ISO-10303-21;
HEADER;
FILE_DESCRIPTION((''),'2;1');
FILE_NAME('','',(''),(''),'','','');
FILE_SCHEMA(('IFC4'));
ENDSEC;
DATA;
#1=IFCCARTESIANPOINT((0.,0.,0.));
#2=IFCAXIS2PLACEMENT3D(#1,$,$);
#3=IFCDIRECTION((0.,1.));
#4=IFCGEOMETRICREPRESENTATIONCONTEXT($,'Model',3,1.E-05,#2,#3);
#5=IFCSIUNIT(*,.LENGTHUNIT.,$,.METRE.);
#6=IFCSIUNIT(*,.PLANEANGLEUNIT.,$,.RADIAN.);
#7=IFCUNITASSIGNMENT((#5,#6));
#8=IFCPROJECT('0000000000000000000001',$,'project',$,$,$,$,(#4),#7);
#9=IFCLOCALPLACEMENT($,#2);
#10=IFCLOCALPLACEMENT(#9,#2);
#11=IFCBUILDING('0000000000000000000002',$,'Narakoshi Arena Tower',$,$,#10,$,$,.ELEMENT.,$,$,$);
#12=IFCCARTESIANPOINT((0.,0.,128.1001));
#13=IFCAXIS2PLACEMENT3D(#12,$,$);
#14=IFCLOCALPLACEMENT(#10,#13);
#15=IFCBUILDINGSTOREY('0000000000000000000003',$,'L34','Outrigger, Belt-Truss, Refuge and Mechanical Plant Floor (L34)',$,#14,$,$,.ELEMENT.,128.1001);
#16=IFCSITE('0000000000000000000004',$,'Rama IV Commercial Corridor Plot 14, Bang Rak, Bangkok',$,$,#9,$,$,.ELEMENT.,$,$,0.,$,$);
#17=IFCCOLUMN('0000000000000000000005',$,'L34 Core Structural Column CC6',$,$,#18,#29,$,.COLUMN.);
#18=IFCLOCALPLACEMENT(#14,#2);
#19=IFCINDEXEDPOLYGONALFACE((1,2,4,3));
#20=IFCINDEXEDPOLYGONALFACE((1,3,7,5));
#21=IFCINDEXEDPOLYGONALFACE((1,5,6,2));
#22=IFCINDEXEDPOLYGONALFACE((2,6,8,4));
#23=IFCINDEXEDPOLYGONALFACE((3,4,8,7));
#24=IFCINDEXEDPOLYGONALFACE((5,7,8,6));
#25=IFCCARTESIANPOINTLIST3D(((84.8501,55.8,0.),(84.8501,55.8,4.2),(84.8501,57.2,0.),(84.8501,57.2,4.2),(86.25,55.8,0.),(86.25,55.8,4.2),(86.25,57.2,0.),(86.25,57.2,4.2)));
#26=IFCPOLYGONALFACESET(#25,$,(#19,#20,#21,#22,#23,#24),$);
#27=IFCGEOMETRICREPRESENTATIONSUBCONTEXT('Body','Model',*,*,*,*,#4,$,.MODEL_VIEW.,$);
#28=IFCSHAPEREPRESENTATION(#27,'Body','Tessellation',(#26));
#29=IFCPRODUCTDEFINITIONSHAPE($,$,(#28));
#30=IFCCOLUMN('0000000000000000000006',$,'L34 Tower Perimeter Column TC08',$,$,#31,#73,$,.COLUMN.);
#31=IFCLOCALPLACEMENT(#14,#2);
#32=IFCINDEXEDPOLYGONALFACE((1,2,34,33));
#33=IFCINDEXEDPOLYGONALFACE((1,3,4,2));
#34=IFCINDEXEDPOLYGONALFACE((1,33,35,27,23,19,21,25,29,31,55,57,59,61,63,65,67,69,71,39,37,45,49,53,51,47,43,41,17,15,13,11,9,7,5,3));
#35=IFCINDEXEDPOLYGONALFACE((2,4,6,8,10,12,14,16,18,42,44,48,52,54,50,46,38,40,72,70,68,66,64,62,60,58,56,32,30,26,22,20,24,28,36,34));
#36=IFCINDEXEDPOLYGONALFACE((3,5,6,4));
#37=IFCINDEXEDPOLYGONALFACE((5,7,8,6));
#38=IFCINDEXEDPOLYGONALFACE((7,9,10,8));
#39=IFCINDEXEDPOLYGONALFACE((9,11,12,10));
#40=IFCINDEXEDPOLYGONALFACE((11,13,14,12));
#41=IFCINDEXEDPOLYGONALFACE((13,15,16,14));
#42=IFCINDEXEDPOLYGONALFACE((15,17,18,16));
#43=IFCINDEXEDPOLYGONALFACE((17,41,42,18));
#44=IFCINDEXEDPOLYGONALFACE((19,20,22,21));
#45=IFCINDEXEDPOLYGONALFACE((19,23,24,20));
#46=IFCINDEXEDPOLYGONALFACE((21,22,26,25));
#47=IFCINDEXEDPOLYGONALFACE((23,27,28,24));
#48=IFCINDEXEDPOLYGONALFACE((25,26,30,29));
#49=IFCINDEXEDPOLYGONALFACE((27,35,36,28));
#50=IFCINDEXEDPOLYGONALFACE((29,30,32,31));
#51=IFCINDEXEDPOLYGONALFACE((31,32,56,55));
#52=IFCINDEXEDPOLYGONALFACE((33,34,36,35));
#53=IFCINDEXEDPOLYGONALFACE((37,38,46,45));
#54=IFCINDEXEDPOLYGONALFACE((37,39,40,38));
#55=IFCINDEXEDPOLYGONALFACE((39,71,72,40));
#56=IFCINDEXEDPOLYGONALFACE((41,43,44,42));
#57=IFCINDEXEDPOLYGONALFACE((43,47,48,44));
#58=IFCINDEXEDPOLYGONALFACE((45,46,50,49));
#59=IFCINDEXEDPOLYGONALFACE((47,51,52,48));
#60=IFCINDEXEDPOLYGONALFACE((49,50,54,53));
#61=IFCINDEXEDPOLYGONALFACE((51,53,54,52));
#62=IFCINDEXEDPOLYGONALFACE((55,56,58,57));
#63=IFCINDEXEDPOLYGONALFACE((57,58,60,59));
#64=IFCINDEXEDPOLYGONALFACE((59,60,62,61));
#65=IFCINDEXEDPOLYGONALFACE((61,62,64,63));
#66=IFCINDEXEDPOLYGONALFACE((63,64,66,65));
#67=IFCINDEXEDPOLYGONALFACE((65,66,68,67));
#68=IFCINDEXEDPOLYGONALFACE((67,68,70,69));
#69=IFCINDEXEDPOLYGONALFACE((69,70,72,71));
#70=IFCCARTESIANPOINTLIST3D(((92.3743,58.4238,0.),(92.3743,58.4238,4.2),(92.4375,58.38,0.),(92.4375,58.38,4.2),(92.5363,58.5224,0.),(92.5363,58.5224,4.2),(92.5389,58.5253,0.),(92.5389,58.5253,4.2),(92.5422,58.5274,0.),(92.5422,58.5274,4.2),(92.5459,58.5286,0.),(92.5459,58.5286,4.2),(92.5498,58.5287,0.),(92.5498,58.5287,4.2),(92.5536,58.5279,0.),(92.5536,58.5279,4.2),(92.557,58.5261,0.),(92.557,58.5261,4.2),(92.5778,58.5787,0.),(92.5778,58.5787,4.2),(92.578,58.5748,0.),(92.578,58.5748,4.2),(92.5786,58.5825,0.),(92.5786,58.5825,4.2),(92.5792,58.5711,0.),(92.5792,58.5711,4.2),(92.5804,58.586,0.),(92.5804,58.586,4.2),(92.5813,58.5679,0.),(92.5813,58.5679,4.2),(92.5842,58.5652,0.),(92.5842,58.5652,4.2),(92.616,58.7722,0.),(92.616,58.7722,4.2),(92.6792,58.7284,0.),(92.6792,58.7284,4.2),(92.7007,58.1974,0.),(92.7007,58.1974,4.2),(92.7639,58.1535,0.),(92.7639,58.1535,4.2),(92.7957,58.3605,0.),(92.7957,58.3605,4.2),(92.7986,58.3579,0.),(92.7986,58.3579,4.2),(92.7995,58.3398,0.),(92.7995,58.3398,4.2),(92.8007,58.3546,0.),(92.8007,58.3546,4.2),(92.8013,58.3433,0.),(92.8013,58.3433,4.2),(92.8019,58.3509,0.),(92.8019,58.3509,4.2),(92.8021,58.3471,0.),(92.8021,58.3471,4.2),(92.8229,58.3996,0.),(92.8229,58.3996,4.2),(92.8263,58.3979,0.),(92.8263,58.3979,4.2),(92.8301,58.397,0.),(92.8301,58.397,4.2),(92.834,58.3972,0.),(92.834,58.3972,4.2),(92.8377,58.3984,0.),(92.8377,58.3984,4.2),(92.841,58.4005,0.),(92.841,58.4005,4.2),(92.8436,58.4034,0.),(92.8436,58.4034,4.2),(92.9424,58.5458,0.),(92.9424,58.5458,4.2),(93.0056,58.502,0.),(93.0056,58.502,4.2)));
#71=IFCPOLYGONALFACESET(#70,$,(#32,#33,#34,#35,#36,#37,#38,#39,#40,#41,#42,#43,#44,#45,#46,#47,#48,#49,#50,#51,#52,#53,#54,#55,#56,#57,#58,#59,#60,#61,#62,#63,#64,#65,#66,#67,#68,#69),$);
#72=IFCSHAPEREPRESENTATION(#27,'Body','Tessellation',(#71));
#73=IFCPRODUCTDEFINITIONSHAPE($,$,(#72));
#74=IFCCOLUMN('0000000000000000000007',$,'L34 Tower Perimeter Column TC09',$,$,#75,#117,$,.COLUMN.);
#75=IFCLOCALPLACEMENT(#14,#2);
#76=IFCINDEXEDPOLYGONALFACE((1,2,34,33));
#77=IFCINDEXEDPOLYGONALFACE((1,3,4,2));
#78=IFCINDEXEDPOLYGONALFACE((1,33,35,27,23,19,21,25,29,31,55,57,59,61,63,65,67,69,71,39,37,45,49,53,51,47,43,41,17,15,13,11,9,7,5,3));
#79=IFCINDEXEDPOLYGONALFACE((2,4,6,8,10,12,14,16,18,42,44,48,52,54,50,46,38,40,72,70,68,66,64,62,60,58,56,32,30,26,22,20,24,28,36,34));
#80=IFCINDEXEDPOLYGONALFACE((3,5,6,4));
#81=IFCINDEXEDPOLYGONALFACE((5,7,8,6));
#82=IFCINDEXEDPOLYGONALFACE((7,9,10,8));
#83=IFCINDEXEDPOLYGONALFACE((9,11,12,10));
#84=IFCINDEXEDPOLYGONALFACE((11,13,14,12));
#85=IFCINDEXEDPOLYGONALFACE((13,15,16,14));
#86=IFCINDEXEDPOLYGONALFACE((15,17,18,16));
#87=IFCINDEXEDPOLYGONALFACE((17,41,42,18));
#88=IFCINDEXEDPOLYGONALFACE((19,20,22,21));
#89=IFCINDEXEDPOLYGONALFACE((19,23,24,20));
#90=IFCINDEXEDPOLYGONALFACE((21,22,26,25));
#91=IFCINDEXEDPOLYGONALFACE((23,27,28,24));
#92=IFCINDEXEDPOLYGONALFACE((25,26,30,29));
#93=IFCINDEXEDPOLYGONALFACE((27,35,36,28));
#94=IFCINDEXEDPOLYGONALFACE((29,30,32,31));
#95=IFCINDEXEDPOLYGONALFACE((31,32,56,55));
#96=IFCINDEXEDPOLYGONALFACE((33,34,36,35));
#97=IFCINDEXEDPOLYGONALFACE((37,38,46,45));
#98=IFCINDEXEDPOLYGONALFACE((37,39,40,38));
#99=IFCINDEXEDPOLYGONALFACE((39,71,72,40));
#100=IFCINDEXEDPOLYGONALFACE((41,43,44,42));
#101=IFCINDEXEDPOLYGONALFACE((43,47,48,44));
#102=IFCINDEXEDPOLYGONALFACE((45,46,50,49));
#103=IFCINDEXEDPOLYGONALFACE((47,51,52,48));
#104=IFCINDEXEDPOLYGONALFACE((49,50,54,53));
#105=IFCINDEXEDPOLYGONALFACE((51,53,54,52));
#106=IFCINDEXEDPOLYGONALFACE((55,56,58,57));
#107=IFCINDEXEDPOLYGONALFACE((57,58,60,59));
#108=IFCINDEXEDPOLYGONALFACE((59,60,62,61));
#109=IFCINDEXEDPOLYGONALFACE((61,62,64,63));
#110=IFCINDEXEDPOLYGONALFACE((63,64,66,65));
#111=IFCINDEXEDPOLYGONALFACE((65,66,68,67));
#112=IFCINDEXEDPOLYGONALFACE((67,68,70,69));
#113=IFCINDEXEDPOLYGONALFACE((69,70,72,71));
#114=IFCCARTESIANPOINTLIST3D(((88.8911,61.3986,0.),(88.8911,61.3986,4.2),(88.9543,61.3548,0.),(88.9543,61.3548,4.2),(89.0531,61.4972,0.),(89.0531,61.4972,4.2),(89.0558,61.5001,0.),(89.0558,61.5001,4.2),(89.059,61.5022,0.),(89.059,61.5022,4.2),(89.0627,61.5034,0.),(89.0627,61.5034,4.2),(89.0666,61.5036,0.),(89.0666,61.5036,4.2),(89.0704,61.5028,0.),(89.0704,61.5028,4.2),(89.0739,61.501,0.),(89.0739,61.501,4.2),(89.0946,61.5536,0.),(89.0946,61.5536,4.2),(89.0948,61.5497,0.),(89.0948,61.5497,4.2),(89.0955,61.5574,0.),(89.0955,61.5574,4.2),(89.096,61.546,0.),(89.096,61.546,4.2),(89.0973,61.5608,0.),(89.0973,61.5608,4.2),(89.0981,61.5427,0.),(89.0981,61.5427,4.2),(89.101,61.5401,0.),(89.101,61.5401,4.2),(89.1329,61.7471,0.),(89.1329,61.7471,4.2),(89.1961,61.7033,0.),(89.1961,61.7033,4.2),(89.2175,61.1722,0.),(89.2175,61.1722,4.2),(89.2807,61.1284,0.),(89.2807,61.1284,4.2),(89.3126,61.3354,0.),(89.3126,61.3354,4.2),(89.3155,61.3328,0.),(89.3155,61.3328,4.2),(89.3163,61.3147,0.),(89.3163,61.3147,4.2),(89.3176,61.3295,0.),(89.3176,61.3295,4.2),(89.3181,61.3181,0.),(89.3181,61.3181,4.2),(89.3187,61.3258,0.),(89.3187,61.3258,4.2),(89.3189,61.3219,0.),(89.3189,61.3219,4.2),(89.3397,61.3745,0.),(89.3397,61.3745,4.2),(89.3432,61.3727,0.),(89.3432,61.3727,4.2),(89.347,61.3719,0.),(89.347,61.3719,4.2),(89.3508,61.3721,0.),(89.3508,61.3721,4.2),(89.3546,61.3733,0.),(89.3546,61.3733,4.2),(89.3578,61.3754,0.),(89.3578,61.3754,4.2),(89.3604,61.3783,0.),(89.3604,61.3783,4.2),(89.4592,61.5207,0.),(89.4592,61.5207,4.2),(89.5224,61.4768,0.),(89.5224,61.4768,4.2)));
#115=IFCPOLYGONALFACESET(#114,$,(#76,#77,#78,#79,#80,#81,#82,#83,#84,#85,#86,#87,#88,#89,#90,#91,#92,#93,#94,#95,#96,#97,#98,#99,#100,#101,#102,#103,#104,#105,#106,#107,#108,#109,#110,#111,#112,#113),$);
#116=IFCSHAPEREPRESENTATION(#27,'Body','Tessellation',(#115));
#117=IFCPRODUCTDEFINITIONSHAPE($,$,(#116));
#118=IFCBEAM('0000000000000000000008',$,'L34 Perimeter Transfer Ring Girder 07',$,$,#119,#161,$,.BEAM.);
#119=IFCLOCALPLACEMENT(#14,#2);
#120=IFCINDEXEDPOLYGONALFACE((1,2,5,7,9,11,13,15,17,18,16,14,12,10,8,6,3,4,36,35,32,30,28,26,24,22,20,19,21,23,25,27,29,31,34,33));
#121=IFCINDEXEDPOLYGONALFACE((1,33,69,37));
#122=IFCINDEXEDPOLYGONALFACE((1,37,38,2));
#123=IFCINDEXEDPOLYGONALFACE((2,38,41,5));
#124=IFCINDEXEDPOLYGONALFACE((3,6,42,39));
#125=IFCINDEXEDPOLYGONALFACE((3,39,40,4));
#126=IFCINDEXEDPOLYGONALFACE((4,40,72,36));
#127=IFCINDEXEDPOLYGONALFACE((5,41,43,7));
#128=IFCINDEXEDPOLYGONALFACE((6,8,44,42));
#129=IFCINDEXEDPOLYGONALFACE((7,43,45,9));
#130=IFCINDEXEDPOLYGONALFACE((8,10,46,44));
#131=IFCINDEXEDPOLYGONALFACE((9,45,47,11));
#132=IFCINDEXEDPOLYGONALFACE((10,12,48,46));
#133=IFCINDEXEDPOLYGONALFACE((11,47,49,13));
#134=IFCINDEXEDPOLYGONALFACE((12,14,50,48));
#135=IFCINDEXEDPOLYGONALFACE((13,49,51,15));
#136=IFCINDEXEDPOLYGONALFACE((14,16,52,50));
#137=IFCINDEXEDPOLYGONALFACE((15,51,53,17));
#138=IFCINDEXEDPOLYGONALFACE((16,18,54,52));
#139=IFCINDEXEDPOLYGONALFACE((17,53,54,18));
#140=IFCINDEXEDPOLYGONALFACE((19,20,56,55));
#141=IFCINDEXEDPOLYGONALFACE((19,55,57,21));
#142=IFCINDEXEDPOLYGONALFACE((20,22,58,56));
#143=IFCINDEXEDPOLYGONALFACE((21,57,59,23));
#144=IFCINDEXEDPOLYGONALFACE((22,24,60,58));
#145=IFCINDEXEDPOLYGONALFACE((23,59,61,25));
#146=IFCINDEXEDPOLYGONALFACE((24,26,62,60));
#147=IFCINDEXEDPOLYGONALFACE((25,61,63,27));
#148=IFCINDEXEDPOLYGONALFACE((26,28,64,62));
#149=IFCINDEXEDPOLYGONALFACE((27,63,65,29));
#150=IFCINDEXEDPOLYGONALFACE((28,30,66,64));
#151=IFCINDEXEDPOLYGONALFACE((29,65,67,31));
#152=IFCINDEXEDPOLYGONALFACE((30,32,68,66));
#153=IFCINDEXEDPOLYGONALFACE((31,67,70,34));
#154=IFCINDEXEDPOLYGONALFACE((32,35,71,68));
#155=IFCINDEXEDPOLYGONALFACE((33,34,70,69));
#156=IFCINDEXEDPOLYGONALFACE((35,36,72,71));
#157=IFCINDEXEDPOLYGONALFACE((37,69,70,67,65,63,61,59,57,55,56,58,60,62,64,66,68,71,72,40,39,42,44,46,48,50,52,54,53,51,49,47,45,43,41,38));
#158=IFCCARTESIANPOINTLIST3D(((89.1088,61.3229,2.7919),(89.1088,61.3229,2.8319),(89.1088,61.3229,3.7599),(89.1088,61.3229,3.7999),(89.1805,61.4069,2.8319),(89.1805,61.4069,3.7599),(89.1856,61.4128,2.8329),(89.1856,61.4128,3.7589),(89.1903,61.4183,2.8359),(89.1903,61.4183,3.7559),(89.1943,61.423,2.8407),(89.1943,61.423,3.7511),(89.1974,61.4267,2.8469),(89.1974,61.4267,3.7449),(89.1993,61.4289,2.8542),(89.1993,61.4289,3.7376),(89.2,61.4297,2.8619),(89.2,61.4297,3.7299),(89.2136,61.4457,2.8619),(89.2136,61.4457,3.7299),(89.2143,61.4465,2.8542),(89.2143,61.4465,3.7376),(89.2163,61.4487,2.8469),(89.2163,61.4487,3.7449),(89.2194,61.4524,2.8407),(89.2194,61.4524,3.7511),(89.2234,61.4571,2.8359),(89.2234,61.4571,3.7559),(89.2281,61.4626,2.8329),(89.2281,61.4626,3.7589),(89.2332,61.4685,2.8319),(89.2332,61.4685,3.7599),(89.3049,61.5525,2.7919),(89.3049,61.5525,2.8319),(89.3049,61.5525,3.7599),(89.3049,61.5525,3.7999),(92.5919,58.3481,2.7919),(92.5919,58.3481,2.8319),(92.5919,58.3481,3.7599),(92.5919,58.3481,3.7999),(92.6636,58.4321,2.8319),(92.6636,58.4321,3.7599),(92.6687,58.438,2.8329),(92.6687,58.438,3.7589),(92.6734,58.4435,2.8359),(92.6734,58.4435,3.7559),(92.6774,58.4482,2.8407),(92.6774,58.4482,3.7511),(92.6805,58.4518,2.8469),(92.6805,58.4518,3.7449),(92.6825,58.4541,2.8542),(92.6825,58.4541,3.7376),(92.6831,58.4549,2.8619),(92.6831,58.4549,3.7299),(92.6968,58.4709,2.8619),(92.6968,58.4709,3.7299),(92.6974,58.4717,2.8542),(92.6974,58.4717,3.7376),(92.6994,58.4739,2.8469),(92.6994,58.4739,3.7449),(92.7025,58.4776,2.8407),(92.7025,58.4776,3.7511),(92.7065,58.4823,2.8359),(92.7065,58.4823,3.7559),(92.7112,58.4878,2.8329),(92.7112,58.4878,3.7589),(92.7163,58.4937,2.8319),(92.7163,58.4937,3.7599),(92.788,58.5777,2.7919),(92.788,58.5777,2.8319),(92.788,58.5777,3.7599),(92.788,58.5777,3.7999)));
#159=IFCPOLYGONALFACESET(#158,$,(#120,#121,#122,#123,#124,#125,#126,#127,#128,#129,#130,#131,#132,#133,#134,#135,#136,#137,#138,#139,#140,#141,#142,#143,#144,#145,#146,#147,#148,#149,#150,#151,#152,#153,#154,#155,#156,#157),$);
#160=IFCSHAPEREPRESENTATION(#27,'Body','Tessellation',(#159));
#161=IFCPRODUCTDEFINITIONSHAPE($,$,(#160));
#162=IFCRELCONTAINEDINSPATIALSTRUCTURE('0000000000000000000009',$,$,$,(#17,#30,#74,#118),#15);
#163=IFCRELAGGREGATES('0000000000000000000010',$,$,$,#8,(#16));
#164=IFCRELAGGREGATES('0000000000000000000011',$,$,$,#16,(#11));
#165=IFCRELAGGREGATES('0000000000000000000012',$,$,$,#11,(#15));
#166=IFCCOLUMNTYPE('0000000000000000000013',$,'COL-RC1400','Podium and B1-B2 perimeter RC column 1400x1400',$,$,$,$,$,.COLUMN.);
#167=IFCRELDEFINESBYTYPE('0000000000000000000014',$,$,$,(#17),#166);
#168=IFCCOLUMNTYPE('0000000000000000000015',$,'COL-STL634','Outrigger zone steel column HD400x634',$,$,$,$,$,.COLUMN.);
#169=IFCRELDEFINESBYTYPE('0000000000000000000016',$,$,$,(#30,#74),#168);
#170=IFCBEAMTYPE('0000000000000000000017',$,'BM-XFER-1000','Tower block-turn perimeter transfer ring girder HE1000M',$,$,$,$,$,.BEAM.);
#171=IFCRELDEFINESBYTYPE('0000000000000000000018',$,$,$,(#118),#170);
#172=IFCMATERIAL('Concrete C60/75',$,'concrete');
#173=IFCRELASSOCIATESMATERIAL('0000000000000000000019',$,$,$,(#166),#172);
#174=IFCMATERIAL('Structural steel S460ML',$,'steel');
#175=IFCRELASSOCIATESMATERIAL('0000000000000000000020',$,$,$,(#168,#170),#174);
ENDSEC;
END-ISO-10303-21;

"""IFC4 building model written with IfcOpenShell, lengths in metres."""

from ifc_helpers import new_model, si_unit, direction, frame, origin, origin_2d, place, context, subcontext, project, spatial, rectangle, i_section, extrude, material, material_profile, profile_set, type_object, element, save


model = new_model("IFC4")

# Units and contexts
model_context = context("Model", 3, precision=1e-05, world=origin(), true_north=direction((0.0, 1.0)))
body_context = subcontext(model_context, "Body", "Model", "MODEL_VIEW")
ifc_project = project(units=[si_unit("LENGTHUNIT", "METRE"), si_unit("PLANEANGLEUNIT", "RADIAN")], contexts=[model_context])

# Site, building, storey
site_placement = place(None, origin())
site = spatial("IfcSite", under=ifc_project, at=site_placement, Name="Rama IV Commercial Corridor Plot 14, Bang Rak, Bangkok", CompositionType="ELEMENT", RefElevation=0.0)
building_placement = place(site_placement, origin())
building = spatial("IfcBuilding", under=site, at=building_placement, Name="Narakoshi Arena Tower", CompositionType="ELEMENT")
storey_placement = place(building_placement, frame((0.0, 0.0, 128.1001)))
storey = spatial("IfcBuildingStorey", under=building, at=storey_placement, Name="L34", Description="Outrigger, Belt-Truss, Refuge and Mechanical Plant Floor (L34)", CompositionType="ELEMENT", Elevation=128.1001)

# Columns
ifc_material_1 = material(Name="Concrete C60/75", Category="concrete")
ifc_material_profile_1 = material_profile(ifc_material_1, rectangle(XDim=1.3999, YDim=1.3999, at=origin_2d()), Name="RC1400x1400")
ifc_profile_set_1 = profile_set([ifc_material_profile_1], Name="Concrete C60/75")
column_type_1 = type_object("IfcColumnType", Name="COL-RC1400", Description="Podium and B1-B2 perimeter RC column 1400x1400", PredefinedType="COLUMN", material=ifc_profile_set_1)
column_placement = place(storey_placement, frame((85.55, 56.5, 0.0), z_axis=(0.0, 0.0, 1.0), x_axis=(1.0, 0.0, 0.0)))
element("IfcColumn", 1, at=column_placement, inside=storey, type_object=column_type_1, Name="L34 Core Structural Column CC6", PredefinedType="COLUMN", context=body_context, shape_type="SweptSolid", body=[
    extrude(rectangle(XDim=1.3999, YDim=1.3999, at=origin_2d()), origin(), (0.0, 0.0, 1.0), 4.2),
])
ifc_material_2 = material(Name="Structural steel S460ML", Category="steel")
ifc_material_profile_2 = material_profile(ifc_material_2, i_section(OverallWidth=0.4241, OverallDepth=0.4741, WebThickness=0.0476, FlangeThickness=0.0769, FilletRadius=0.0149, at=origin_2d()), Name="HD400x634")
ifc_profile_set_2 = profile_set([ifc_material_profile_2], Name="Structural steel S460ML")
column_type_2 = type_object("IfcColumnType", Name="COL-STL634", Description="Outrigger zone steel column HD400x634", PredefinedType="COLUMN", material=ifc_profile_set_2)
for number, where, z_axis, x_axis, name in (
    (2, (92.6899, 58.4629, 0.0), (0.0, 0.0, 1.0), (0.569997, 0.821647, 0.0), "L34 Tower Perimeter Column TC08"),
    (3, (89.2068, 61.4377, 0.0), (0.0, 0.0, 1.0), (0.569997, 0.821647, 0.0), "L34 Tower Perimeter Column TC09"),
):
    element("IfcColumn", number, at=place(storey_placement, frame(where, z_axis=z_axis, x_axis=x_axis)), inside=storey, type_object=column_type_2, Name=name, PredefinedType="COLUMN", context=body_context, shape_type="SweptSolid", body=[
        extrude(i_section(OverallWidth=0.4241, OverallDepth=0.4741, WebThickness=0.0476, FlangeThickness=0.0769, FilletRadius=0.0149, at=origin_2d()), origin(), (0.0, 0.0, 1.0), 4.2),
    ])

# Beam
ifc_material_profile_3 = material_profile(ifc_material_2, i_section(OverallWidth=0.302, OverallDepth=1.0081, WebThickness=0.021, FlangeThickness=0.04, FilletRadius=0.03, at=origin_2d()), Name="HE1000M")
ifc_profile_set_3 = profile_set([ifc_material_profile_3], Name="Structural steel S460ML")
beam_type = type_object("IfcBeamType", Name="BM-XFER-1000", Description="Tower block-turn perimeter transfer ring girder HE1000M", PredefinedType="BEAM", material=ifc_profile_set_3)
beam_1_placement = place(storey_placement, frame((92.6899, 58.4629, 3.2959), z_axis=(-0.76041, 0.649443, 0.0), x_axis=(-0.649443, -0.76041, 0.0)))
element("IfcBeam", 4, at=beam_1_placement, inside=storey, type_object=beam_type, Name="L34 Perimeter Transfer Ring Girder 07", PredefinedType="BEAM", context=body_context, shape_type="SweptSolid", body=[
    extrude(i_section(OverallWidth=0.302, OverallDepth=1.0081, WebThickness=0.021, FlangeThickness=0.04, FilletRadius=0.03, at=origin_2d()), origin(), (0.0, 0.0, 1.0), 4.5806),
])

save(model, "model.ifc")
